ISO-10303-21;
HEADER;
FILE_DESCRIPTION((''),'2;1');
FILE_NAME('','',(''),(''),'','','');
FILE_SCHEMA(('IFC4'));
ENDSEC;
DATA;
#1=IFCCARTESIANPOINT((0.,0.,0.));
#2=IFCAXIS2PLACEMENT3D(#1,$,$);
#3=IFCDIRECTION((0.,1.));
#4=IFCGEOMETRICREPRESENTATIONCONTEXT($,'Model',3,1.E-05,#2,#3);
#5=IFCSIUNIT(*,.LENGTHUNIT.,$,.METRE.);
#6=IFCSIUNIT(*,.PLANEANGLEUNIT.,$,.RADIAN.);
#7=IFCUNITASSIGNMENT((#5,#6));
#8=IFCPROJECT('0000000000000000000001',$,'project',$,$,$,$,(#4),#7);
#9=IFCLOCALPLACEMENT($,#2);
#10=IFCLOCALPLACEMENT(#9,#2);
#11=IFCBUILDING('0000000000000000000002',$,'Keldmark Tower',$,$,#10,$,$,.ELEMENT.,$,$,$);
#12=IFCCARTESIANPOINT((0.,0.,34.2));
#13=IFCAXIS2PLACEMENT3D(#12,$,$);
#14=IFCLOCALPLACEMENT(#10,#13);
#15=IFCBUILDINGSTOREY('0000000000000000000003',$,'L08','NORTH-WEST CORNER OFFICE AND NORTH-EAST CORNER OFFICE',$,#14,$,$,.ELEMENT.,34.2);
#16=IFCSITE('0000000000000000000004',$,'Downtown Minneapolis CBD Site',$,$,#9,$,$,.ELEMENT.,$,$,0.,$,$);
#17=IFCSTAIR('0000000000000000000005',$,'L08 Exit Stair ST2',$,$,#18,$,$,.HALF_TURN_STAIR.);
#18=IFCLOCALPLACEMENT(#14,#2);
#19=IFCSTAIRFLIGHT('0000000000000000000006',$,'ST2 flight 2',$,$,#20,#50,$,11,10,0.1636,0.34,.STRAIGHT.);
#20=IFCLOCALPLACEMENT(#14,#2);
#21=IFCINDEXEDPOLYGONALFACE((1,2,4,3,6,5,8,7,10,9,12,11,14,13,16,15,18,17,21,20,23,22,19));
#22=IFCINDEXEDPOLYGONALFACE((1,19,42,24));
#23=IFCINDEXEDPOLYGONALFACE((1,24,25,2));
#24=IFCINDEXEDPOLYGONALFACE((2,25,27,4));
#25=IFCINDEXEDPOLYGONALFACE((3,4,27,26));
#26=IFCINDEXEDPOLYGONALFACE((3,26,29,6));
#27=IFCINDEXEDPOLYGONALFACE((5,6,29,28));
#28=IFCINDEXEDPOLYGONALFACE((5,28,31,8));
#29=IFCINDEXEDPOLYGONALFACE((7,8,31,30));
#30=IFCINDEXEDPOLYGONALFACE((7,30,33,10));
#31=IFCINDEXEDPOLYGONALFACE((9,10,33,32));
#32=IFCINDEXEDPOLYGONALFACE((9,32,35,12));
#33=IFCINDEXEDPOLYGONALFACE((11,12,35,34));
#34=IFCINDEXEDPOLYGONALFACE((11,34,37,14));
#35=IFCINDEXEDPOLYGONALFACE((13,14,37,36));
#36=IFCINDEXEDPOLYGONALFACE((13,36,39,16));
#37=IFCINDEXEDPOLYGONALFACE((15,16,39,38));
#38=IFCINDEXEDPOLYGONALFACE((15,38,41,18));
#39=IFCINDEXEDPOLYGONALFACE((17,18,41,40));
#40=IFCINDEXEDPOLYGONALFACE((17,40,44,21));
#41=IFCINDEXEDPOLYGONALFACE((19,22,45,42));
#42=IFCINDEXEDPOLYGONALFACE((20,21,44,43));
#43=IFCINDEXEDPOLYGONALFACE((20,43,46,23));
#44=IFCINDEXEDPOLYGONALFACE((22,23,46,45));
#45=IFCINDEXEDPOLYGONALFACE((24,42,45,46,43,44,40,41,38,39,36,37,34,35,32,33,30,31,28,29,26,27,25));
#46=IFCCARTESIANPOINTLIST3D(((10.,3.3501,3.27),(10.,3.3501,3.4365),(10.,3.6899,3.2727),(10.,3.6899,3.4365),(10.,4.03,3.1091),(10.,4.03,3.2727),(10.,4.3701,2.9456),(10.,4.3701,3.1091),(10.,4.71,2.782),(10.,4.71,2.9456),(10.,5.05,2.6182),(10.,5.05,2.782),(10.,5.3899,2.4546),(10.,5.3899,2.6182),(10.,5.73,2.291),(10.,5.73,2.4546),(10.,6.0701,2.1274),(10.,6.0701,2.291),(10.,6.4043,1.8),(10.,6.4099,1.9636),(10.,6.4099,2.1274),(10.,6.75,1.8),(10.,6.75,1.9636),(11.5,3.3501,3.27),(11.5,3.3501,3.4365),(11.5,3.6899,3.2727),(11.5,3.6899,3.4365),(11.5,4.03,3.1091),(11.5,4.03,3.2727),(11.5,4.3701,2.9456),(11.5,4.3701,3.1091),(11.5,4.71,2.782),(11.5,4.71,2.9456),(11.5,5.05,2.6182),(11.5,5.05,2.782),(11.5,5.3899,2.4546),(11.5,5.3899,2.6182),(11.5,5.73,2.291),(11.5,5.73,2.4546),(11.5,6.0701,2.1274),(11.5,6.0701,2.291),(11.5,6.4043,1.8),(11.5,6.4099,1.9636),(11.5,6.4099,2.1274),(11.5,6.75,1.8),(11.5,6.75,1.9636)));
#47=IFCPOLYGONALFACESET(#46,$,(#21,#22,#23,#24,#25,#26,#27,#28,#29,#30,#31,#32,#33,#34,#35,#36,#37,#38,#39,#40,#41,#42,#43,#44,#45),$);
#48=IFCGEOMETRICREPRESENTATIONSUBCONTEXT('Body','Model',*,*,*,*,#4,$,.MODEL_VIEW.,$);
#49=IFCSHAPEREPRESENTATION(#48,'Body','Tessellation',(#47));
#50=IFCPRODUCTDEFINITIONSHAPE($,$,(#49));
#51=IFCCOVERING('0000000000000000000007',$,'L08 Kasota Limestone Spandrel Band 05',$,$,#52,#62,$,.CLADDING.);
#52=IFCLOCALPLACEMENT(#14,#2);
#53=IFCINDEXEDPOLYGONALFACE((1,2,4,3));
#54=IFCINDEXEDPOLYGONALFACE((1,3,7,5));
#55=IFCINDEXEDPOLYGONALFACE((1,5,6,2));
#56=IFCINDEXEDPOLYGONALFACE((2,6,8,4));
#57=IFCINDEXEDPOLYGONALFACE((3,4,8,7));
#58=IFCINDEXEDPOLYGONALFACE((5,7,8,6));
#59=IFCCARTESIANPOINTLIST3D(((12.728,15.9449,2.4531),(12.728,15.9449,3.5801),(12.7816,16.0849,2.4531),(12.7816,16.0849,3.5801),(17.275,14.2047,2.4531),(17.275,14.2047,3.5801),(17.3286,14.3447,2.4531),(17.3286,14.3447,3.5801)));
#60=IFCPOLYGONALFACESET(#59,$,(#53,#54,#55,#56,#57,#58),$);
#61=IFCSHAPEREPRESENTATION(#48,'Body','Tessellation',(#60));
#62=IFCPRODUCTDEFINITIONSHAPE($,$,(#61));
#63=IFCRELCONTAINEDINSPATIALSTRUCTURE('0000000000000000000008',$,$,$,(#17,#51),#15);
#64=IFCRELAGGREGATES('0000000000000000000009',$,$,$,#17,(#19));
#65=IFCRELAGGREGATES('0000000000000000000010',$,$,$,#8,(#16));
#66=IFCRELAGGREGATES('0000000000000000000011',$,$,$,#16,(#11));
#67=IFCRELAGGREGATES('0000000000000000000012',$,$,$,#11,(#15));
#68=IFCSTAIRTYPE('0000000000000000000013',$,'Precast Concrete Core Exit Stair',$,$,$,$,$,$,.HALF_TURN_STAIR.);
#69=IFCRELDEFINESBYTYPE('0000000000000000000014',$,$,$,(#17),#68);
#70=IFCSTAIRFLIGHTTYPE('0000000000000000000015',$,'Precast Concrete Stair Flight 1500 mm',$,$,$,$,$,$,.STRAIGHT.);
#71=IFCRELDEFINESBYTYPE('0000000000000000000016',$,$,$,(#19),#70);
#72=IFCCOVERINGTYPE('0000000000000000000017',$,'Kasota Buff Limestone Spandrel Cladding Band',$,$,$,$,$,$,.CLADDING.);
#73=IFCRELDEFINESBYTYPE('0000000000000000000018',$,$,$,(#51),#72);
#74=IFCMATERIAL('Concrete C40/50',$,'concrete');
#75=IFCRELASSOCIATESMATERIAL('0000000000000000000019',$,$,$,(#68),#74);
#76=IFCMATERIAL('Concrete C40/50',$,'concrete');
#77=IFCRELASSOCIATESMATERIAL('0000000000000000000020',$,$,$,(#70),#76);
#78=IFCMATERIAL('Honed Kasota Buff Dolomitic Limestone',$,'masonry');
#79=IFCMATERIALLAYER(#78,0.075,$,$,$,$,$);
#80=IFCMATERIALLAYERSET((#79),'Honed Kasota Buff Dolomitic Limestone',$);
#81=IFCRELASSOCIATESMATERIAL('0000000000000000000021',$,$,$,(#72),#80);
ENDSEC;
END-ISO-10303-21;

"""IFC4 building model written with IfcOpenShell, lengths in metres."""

from ifc_helpers import new_model, si_unit, direction, frame, origin, origin_2d, place, context, subcontext, project, spatial, polyline, rectangle, outline, extrude, material, layer, layer_set, type_object, element, aggregate, save


model = new_model("IFC4")

# Units and contexts
model_context = context("Model", 3, precision=1e-05, world=origin(), true_north=direction((0.0, 1.0)))
body_context = subcontext(model_context, "Body", "Model", "MODEL_VIEW")
ifc_project = project(units=[si_unit("LENGTHUNIT", "METRE"), si_unit("PLANEANGLEUNIT", "RADIAN")], contexts=[model_context])

# Site, building, storey
site_placement = place(None, origin())
site = spatial("IfcSite", under=ifc_project, at=site_placement, Name="Downtown Minneapolis CBD Site", CompositionType="ELEMENT", RefElevation=0.0)
building_placement = place(site_placement, origin())
building = spatial("IfcBuilding", under=site, at=building_placement, Name="Keldmark Tower", CompositionType="ELEMENT")
storey_placement = place(building_placement, frame((0.0, 0.0, 34.2)))
storey = spatial("IfcBuildingStorey", under=building, at=storey_placement, Name="L08", Description="NORTH-WEST CORNER OFFICE AND NORTH-EAST CORNER OFFICE", CompositionType="ELEMENT", Elevation=34.2)

# Stair, stair flight
ifc_material_1 = material(Name="Concrete C40/50", Category="concrete")
stair_type = type_object("IfcStairType", Name="Precast Concrete Core Exit Stair", PredefinedType="HALF_TURN_STAIR", material=ifc_material_1)
stair_placement = place(storey_placement, origin())
stair = element("IfcStair", 1, at=stair_placement, inside=storey, type_object=stair_type, Name="L08 Exit Stair ST2", PredefinedType="HALF_TURN_STAIR")
ifc_material_2 = material(Name="Concrete C40/50", Category="concrete")
stair_flight_type = type_object("IfcStairFlightType", Name="Precast Concrete Stair Flight 1500 mm", PredefinedType="STRAIGHT", material=ifc_material_2)
stair_flight_1_placement = place(storey_placement, frame((10.75, 6.75, 1.8), z_axis=(0.0, 0.0, 1.0), x_axis=(0.0, -1.0, 0.0)))
stair_flight_1 = element("IfcStairFlight", 2, at=stair_flight_1_placement, type_object=stair_flight_type, Name="ST2 flight 2", NumberOfRisers=11, NumberOfTreads=10, PredefinedType="STRAIGHT", RiserHeight=0.1636, TreadLength=0.34, context=body_context, shape_type="SweptSolid", body=[
    extrude(outline(polyline([(0.0, 0.0), (0.0, 0.1636), (0.3401, 0.1636), (0.3401, 0.3274), (0.6799, 0.3274), (0.6799, 0.491), (1.02, 0.491), (1.02, 0.6545), (1.3601, 0.6545), (1.3601, 0.8181), (1.7, 0.8181), (1.7, 0.9819), (2.04, 0.9819), (2.04, 1.1455), (2.3799, 1.1455), (2.3799, 1.3091), (2.72, 1.3091), (2.72, 1.4727), (3.0601, 1.4727), (3.0601, 1.6365), (3.3999, 1.6365), (3.3999, 1.8), (3.3999, 1.47), (0.3457, 0.0), (0.0, 0.0)])), frame((0.0, 0.75, 0.0), z_axis=(0.0, -1.0, 0.0), x_axis=(1.0, 0.0, 0.0)), (0.0, 0.0, 1.0), 1.5),
])
aggregate(stair, [stair_flight_1])

# Covering
ifc_material_3 = material(Name="Honed Kasota Buff Dolomitic Limestone", Category="masonry")
ifc_layer_1 = layer(ifc_material_3, 0.075)
ifc_layer_set_1 = layer_set([ifc_layer_1], Name="Honed Kasota Buff Dolomitic Limestone")
covering_type = type_object("IfcCoveringType", Name="Kasota Buff Limestone Spandrel Cladding Band", PredefinedType="CLADDING", material=ifc_layer_set_1)
covering_placement = place(storey_placement, frame((15.0283, 15.1448, 2.4531), z_axis=(0.0, 0.0, 1.0), x_axis=(-0.933936, 0.357439, 0.0)))
element("IfcCovering", 3, at=covering_placement, inside=storey, type_object=covering_type, Name="L08 Kasota Limestone Spandrel Band 05", PredefinedType="CLADDING", context=body_context, shape_type="SweptSolid", body=[
    extrude(rectangle(XDim=4.8687, YDim=0.1499, at=origin_2d()), origin(), (0.0, 0.0, 1.0), 1.127),
])

save(model, "model.ifc")
